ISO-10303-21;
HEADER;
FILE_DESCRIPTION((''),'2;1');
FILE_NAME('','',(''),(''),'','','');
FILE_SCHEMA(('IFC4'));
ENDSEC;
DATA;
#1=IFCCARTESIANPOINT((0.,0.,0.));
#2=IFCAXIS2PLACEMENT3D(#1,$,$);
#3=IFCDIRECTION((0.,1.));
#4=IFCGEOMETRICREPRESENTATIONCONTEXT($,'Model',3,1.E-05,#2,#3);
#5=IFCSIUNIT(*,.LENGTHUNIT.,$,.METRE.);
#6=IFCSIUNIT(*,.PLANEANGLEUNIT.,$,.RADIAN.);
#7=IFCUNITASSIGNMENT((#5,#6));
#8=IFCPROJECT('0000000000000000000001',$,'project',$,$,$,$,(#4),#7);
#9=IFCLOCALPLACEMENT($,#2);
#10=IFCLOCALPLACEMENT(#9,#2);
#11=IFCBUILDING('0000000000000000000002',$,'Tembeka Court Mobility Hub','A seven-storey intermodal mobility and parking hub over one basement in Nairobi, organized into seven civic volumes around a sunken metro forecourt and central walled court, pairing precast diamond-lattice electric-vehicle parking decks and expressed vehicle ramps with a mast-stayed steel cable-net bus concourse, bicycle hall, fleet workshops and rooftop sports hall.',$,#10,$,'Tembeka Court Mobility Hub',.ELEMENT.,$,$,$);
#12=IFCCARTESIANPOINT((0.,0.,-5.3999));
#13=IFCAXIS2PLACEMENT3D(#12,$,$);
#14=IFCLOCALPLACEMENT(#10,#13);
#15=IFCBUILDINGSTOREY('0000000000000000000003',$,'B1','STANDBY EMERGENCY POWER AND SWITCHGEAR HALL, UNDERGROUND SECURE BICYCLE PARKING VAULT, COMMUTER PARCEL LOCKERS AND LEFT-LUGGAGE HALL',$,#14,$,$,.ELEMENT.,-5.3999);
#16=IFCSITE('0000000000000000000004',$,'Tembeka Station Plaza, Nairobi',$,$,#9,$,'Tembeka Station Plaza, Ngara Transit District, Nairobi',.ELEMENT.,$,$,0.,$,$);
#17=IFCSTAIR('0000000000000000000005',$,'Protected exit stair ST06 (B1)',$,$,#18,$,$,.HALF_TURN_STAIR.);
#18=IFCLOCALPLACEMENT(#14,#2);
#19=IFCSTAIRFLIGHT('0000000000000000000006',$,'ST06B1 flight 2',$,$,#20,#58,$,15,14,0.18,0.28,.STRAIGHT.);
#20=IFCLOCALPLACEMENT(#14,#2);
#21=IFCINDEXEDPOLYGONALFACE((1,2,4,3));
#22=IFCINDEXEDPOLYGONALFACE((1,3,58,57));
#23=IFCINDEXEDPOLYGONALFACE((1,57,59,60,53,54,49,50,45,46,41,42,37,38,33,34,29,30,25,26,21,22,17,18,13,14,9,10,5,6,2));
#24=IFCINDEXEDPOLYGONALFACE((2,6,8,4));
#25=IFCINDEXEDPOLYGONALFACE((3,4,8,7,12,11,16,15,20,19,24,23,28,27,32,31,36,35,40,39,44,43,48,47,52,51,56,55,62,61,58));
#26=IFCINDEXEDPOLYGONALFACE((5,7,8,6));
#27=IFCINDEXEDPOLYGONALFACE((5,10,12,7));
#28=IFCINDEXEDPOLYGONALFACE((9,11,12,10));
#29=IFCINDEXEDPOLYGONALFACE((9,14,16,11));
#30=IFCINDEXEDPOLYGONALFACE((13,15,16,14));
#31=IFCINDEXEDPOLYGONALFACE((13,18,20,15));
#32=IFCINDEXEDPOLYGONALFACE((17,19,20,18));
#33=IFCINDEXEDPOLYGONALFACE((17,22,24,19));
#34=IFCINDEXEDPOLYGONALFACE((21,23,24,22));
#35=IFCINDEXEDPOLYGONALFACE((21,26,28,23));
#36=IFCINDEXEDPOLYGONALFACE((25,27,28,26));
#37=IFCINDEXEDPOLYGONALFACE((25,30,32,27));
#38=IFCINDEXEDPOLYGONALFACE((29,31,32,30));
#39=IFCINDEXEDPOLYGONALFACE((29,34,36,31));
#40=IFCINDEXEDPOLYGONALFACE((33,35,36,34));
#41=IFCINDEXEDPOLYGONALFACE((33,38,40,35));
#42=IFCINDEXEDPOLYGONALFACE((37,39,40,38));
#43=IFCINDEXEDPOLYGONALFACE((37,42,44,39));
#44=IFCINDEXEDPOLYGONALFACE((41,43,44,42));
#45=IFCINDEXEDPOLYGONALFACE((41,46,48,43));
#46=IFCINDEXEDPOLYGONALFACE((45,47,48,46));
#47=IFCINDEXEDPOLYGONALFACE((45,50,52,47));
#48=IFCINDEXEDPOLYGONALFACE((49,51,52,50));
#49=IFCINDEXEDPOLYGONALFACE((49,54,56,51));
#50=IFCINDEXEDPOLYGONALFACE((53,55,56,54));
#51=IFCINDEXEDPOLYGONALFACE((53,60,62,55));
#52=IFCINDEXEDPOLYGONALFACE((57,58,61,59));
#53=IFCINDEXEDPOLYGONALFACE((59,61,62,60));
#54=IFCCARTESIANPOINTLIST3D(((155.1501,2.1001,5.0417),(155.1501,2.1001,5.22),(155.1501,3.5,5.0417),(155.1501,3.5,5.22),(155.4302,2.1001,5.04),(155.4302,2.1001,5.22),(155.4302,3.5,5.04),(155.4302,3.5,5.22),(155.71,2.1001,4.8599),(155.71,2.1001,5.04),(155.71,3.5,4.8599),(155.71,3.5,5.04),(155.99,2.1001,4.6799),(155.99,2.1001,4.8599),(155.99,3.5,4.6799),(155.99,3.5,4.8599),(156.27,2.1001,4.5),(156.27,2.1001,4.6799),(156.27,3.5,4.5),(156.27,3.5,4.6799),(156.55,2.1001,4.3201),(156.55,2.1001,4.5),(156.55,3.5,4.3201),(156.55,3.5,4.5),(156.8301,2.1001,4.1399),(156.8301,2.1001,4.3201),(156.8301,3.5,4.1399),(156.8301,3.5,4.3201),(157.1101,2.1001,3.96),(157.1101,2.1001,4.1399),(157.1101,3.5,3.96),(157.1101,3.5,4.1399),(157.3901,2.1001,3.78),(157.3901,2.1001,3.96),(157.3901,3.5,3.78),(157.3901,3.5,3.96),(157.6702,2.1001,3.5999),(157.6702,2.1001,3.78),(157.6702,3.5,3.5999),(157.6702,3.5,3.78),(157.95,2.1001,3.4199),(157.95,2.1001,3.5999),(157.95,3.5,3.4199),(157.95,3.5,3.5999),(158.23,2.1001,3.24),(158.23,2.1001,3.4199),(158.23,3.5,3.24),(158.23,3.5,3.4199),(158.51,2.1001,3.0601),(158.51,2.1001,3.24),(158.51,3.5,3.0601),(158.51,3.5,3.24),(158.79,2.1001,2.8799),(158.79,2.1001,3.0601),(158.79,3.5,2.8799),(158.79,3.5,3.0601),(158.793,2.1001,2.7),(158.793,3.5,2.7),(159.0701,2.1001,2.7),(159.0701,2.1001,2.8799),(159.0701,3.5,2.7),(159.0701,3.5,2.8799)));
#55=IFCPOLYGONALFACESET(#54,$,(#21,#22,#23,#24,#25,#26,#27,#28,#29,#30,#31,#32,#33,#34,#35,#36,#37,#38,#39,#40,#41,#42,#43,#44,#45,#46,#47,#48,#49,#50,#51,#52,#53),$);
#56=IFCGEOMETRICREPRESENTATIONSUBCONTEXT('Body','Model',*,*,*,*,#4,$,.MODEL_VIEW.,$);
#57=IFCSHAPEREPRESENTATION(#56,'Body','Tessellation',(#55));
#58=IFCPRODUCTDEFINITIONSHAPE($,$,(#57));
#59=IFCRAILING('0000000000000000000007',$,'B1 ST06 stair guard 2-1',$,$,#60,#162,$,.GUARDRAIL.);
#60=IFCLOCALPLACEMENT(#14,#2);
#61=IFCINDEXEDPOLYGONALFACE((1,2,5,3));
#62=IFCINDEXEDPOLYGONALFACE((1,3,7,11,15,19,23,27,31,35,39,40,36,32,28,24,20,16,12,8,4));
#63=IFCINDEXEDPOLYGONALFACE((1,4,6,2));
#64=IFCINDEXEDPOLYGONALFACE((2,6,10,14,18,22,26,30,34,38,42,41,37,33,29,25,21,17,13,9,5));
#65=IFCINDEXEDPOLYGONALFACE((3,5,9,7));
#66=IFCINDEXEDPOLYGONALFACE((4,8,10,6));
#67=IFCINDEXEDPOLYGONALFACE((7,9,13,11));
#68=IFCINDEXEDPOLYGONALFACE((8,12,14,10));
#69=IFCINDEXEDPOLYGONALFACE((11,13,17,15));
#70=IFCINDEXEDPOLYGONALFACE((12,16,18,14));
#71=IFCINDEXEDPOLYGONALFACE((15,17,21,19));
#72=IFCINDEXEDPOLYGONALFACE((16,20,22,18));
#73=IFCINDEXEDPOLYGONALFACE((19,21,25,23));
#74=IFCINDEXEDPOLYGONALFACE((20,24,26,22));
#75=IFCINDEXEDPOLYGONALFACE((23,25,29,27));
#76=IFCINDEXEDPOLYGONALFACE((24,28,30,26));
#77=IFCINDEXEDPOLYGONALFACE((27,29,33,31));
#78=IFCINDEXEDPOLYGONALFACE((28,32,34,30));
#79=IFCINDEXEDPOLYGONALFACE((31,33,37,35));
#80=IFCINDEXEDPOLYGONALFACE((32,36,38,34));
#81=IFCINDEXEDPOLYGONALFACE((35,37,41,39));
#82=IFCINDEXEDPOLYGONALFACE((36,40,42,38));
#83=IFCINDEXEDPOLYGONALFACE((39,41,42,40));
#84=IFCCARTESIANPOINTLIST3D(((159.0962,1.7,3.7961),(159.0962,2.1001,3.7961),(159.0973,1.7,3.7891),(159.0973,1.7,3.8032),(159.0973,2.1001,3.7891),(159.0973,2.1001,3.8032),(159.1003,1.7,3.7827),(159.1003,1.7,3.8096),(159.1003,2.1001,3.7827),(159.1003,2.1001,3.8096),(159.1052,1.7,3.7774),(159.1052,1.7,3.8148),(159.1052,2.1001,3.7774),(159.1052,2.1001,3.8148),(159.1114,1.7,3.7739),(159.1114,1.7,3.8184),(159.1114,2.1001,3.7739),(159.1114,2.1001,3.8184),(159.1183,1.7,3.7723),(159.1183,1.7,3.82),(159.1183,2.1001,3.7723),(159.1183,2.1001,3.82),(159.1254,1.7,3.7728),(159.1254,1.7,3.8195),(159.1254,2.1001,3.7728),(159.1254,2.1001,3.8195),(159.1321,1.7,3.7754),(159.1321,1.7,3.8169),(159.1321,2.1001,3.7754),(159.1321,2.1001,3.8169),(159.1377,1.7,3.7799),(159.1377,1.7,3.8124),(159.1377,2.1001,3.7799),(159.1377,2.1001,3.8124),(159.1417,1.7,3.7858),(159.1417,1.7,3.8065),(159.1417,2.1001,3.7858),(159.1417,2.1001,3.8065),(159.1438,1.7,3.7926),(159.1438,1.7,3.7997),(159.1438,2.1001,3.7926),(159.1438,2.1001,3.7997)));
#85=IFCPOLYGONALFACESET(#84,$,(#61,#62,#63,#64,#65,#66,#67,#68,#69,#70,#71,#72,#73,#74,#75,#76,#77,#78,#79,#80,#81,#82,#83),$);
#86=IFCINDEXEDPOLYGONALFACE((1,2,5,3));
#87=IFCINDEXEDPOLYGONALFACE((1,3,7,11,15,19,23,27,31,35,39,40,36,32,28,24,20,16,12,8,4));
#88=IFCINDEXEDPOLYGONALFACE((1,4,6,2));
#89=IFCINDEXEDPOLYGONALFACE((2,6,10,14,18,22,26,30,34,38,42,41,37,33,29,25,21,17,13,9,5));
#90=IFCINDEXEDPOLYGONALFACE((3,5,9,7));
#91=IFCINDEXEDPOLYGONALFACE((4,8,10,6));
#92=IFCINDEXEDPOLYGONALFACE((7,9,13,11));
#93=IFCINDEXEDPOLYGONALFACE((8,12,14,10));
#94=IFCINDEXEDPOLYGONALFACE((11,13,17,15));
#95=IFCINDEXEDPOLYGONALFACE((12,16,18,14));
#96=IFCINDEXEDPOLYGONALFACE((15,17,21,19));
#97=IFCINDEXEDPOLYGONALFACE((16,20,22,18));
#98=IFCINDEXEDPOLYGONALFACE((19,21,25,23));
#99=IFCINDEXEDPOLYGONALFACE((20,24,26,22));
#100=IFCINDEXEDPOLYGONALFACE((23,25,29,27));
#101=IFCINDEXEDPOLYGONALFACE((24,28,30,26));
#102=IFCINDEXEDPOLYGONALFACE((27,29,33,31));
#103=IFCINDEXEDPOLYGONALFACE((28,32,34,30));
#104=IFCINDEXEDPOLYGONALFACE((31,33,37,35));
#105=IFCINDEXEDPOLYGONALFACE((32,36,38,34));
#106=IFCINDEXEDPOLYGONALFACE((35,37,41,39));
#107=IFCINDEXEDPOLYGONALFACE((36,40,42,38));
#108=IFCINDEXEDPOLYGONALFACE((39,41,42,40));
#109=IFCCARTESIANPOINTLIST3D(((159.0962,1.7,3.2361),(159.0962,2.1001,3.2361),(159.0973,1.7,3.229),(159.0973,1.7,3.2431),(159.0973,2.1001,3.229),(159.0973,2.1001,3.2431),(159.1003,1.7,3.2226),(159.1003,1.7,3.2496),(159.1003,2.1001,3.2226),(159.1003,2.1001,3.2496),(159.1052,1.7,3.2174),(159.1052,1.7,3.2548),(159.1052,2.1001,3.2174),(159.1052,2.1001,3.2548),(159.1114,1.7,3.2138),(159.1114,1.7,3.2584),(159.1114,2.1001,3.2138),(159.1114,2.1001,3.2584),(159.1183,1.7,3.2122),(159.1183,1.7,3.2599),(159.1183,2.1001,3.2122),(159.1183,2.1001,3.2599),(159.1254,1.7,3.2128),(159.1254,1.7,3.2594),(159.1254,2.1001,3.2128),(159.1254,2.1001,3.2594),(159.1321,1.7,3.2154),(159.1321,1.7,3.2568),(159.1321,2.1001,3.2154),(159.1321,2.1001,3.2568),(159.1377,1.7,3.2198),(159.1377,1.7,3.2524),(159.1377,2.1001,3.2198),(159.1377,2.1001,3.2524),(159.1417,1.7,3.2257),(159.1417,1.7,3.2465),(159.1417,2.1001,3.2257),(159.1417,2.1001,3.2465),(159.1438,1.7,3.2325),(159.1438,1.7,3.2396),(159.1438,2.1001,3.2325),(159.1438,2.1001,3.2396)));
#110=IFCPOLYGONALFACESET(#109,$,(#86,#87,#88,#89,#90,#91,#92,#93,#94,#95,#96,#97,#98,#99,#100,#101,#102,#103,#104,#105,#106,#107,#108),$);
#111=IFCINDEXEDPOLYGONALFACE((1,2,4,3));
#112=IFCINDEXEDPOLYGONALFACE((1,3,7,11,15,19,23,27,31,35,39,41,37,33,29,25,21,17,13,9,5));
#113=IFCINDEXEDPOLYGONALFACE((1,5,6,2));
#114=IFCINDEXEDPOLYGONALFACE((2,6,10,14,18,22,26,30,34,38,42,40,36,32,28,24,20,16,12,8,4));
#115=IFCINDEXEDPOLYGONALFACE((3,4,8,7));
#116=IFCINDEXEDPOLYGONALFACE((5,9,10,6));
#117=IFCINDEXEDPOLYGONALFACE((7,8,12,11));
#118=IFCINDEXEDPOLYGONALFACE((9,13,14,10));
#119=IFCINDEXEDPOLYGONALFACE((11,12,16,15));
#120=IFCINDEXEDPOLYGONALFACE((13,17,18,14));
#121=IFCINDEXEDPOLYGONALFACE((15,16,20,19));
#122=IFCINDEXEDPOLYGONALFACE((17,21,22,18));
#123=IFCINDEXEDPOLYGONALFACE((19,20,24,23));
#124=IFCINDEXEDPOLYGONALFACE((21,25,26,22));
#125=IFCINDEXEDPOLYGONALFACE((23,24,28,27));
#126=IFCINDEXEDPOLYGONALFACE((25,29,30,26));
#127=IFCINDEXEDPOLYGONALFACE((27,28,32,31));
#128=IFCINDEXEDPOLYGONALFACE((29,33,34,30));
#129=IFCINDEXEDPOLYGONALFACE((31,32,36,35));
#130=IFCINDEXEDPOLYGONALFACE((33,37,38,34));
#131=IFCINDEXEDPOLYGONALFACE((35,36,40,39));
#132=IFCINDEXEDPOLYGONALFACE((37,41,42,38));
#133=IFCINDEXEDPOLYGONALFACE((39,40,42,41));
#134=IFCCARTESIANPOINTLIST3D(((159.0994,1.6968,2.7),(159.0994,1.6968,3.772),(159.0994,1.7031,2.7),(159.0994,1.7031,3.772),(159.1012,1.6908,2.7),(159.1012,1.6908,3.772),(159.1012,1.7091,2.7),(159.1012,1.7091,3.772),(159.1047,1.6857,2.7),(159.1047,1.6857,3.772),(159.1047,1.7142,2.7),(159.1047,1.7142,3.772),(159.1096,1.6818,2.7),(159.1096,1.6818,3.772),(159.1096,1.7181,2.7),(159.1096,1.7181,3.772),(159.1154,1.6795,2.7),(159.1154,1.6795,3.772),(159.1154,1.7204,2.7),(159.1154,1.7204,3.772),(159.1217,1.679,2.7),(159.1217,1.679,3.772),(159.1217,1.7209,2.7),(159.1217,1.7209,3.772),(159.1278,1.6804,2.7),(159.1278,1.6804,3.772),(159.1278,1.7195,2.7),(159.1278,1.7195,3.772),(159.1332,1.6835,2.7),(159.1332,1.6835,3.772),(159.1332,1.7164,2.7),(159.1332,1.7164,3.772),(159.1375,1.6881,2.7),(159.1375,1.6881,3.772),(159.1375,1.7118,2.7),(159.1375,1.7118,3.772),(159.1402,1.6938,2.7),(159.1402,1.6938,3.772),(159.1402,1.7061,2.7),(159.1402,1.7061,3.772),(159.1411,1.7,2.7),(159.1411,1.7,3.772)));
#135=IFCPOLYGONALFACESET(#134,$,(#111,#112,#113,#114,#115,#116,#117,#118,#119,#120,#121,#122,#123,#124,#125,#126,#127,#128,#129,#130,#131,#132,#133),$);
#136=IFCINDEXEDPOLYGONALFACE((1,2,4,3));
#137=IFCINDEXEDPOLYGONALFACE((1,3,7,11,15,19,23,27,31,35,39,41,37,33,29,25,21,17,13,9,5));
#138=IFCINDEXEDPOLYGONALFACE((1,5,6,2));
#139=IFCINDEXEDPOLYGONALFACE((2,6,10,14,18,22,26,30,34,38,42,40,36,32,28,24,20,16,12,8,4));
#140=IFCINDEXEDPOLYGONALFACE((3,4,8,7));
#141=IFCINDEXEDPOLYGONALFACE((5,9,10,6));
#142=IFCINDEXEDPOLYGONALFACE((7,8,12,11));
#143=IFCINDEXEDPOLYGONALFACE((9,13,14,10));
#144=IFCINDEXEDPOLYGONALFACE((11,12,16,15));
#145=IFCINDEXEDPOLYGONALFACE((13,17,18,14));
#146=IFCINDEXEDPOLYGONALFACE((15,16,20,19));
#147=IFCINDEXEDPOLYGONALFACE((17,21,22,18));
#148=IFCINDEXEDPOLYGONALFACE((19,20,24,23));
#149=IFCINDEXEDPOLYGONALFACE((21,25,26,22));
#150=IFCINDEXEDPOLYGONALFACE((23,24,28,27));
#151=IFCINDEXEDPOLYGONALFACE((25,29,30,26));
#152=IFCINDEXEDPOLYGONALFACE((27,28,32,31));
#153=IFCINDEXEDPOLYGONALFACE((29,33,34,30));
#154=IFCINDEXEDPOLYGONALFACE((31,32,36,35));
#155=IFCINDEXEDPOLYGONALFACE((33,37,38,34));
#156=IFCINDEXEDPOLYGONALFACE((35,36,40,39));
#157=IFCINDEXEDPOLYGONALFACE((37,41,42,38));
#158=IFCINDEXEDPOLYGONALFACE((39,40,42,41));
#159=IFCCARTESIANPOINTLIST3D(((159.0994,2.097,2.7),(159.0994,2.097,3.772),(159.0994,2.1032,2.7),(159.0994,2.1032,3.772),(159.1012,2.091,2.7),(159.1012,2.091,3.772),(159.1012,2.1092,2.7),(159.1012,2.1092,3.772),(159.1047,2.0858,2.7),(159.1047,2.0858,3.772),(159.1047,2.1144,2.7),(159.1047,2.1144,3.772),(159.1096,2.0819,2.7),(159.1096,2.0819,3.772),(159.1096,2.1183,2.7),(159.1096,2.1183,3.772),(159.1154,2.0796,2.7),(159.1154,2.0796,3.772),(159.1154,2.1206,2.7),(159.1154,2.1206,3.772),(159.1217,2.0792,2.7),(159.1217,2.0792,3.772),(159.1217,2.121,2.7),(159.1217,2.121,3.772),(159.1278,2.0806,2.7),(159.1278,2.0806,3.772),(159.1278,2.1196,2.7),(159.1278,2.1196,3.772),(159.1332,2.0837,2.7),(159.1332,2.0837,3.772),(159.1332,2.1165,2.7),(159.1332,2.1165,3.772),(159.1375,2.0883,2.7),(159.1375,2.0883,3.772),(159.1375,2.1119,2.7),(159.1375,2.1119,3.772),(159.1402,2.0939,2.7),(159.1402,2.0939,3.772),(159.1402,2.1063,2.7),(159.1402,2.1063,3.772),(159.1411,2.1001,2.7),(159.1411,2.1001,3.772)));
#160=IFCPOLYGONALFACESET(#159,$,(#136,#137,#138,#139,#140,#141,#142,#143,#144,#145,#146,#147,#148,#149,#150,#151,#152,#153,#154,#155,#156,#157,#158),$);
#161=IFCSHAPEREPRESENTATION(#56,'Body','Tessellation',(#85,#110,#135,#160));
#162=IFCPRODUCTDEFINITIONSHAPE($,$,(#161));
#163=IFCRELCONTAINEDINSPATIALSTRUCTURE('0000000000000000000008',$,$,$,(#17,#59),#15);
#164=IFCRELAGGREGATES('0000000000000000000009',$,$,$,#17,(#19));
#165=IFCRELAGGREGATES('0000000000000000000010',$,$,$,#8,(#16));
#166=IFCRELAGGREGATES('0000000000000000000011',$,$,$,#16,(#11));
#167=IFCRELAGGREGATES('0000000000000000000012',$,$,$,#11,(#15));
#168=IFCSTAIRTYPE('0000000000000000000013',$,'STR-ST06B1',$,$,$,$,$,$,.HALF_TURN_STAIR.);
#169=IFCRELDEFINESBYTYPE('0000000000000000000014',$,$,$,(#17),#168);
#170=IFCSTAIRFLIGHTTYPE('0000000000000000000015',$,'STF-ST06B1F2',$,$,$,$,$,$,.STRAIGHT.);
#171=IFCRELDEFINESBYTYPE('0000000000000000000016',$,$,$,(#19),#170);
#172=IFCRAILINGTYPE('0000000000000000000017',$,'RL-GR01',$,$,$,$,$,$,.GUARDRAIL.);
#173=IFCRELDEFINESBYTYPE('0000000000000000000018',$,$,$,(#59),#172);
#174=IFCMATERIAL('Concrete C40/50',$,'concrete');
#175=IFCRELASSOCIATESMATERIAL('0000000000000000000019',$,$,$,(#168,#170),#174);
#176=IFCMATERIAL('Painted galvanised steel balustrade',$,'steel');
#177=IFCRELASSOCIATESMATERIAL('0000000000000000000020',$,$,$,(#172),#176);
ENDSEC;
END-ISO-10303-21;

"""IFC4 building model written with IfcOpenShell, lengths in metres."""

from ifc_helpers import new_model, si_unit, direction, frame, origin, origin_2d, place, context, subcontext, project, spatial, polyline, circle, outline, extrude, material, type_object, element, aggregate, save


model = new_model("IFC4")

# Units and contexts
model_context = context("Model", 3, precision=1e-05, world=origin(), true_north=direction((0.0, 1.0)))
body_context = subcontext(model_context, "Body", "Model", "MODEL_VIEW")
ifc_project = project(units=[si_unit("LENGTHUNIT", "METRE"), si_unit("PLANEANGLEUNIT", "RADIAN")], contexts=[model_context])

# Site, building, storey
site_placement = place(None, origin())
site = spatial("IfcSite", under=ifc_project, at=site_placement, Name="Tembeka Station Plaza, Nairobi", LongName="Tembeka Station Plaza, Ngara Transit District, Nairobi", CompositionType="ELEMENT", RefElevation=0.0)
building_placement = place(site_placement, origin())
building = spatial("IfcBuilding", under=site, at=building_placement, Name="Tembeka Court Mobility Hub", Description="A seven-storey intermodal mobility and parking hub over one basement in Nairobi, organized into seven civic volumes around a sunken metro forecourt and central walled court, pairing precast diamond-lattice electric-vehicle parking decks and expressed vehicle ramps with a mast-stayed steel cable-net bus concourse, bicycle hall, fleet workshops and rooftop sports hall.", LongName="Tembeka Court Mobility Hub", CompositionType="ELEMENT")
storey_placement = place(building_placement, frame((0.0, 0.0, -5.3999)))
storey = spatial("IfcBuildingStorey", under=building, at=storey_placement, Name="B1", Description="STANDBY EMERGENCY POWER AND SWITCHGEAR HALL, UNDERGROUND SECURE BICYCLE PARKING VAULT, COMMUTER PARCEL LOCKERS AND LEFT-LUGGAGE HALL", CompositionType="ELEMENT", Elevation=-5.3999)

# Shared definitions
ifc_material_1 = material(Name="Concrete C40/50", Category="concrete")

# Stair, stair flight
stair_type = type_object("IfcStairType", Name="STR-ST06B1", PredefinedType="HALF_TURN_STAIR", material=ifc_material_1)
stair_placement = place(storey_placement, origin())
stair = element("IfcStair", 1, at=stair_placement, inside=storey, type_object=stair_type, Name="Protected exit stair ST06 (B1)", PredefinedType="HALF_TURN_STAIR")
stair_flight_type = type_object("IfcStairFlightType", Name="STF-ST06B1F2", PredefinedType="STRAIGHT", material=ifc_material_1)
stair_flight_placement = place(storey_placement, frame((159.0701, 2.8, 2.7), z_axis=(0.0, 0.0, 1.0), x_axis=(-1.0, 0.0, 0.0)))
stair_flight = element("IfcStairFlight", 2, at=stair_flight_placement, type_object=stair_flight_type, Name="ST06B1 flight 2", NumberOfRisers=15, NumberOfTreads=14, PredefinedType="STRAIGHT", RiserHeight=0.18, TreadLength=0.28, context=body_context, shape_type="SweptSolid", body=[
    extrude(outline(polyline([(0.0, 0.0), (0.0, 0.1799), (0.28, 0.1799), (0.28, 0.3601), (0.5601, 0.3601), (0.5601, 0.54), (0.8401, 0.54), (0.8401, 0.72), (1.1201, 0.72), (1.1201, 0.8999), (1.3999, 0.8999), (1.3999, 1.0801), (1.6799, 1.0801), (1.6799, 1.26), (1.96, 1.26), (1.96, 1.4399), (2.24, 1.4399), (2.24, 1.6201), (2.52, 1.6201), (2.52, 1.8), (2.8, 1.8), (2.8, 1.98), (3.0801, 1.98), (3.0801, 2.1599), (3.3601, 2.1599), (3.3601, 2.3401), (3.6399, 2.3401), (3.6399, 2.52), (3.9199, 2.52), (3.9199, 2.7), (3.9199, 2.3418), (0.2771, 0.0), (0.0, 0.0)])), frame((0.0, 0.7, 0.0), z_axis=(0.0, -1.0, 0.0), x_axis=(1.0, 0.0, 0.0)), (0.0, 0.0, 1.0), 1.3999),
])
aggregate(stair, [stair_flight])

# Railing
ifc_material_2 = material(Name="Painted galvanised steel balustrade", Category="steel")
railing_type_1 = type_object("IfcRailingType", Name="RL-GR01", PredefinedType="GUARDRAIL", material=ifc_material_2)
railing_1_placement = place(storey_placement, frame((159.1201, 1.7, 2.7)))
element("IfcRailing", 3, at=railing_1_placement, inside=storey, type_object=railing_type_1, Name="B1 ST06 stair guard 2-1", PredefinedType="GUARDRAIL", context=body_context, shape_type="SweptSolid", body=[
    extrude(circle(Radius=0.0239, at=origin_2d()), frame((0.0, 0.0, 1.0962), z_axis=(0.0, 1.0, 0.0), x_axis=(-1.0, 0.0, 0.0)), (0.0, 0.0, 1.0), 0.4001),
    extrude(circle(Radius=0.0239, at=origin_2d()), frame((0.0, 0.0, 0.5361), z_axis=(0.0, 1.0, 0.0), x_axis=(-1.0, 0.0, 0.0)), (0.0, 0.0, 1.0), 0.4001),
    extrude(circle(Radius=0.021, at=origin_2d()), origin(), (0.0, 0.0, 1.0), 1.072),
    extrude(circle(Radius=0.021, at=origin_2d()), frame((0.0, 0.4001, 0.0)), (0.0, 0.0, 1.0), 1.072),
])

save(model, "model.ifc")
